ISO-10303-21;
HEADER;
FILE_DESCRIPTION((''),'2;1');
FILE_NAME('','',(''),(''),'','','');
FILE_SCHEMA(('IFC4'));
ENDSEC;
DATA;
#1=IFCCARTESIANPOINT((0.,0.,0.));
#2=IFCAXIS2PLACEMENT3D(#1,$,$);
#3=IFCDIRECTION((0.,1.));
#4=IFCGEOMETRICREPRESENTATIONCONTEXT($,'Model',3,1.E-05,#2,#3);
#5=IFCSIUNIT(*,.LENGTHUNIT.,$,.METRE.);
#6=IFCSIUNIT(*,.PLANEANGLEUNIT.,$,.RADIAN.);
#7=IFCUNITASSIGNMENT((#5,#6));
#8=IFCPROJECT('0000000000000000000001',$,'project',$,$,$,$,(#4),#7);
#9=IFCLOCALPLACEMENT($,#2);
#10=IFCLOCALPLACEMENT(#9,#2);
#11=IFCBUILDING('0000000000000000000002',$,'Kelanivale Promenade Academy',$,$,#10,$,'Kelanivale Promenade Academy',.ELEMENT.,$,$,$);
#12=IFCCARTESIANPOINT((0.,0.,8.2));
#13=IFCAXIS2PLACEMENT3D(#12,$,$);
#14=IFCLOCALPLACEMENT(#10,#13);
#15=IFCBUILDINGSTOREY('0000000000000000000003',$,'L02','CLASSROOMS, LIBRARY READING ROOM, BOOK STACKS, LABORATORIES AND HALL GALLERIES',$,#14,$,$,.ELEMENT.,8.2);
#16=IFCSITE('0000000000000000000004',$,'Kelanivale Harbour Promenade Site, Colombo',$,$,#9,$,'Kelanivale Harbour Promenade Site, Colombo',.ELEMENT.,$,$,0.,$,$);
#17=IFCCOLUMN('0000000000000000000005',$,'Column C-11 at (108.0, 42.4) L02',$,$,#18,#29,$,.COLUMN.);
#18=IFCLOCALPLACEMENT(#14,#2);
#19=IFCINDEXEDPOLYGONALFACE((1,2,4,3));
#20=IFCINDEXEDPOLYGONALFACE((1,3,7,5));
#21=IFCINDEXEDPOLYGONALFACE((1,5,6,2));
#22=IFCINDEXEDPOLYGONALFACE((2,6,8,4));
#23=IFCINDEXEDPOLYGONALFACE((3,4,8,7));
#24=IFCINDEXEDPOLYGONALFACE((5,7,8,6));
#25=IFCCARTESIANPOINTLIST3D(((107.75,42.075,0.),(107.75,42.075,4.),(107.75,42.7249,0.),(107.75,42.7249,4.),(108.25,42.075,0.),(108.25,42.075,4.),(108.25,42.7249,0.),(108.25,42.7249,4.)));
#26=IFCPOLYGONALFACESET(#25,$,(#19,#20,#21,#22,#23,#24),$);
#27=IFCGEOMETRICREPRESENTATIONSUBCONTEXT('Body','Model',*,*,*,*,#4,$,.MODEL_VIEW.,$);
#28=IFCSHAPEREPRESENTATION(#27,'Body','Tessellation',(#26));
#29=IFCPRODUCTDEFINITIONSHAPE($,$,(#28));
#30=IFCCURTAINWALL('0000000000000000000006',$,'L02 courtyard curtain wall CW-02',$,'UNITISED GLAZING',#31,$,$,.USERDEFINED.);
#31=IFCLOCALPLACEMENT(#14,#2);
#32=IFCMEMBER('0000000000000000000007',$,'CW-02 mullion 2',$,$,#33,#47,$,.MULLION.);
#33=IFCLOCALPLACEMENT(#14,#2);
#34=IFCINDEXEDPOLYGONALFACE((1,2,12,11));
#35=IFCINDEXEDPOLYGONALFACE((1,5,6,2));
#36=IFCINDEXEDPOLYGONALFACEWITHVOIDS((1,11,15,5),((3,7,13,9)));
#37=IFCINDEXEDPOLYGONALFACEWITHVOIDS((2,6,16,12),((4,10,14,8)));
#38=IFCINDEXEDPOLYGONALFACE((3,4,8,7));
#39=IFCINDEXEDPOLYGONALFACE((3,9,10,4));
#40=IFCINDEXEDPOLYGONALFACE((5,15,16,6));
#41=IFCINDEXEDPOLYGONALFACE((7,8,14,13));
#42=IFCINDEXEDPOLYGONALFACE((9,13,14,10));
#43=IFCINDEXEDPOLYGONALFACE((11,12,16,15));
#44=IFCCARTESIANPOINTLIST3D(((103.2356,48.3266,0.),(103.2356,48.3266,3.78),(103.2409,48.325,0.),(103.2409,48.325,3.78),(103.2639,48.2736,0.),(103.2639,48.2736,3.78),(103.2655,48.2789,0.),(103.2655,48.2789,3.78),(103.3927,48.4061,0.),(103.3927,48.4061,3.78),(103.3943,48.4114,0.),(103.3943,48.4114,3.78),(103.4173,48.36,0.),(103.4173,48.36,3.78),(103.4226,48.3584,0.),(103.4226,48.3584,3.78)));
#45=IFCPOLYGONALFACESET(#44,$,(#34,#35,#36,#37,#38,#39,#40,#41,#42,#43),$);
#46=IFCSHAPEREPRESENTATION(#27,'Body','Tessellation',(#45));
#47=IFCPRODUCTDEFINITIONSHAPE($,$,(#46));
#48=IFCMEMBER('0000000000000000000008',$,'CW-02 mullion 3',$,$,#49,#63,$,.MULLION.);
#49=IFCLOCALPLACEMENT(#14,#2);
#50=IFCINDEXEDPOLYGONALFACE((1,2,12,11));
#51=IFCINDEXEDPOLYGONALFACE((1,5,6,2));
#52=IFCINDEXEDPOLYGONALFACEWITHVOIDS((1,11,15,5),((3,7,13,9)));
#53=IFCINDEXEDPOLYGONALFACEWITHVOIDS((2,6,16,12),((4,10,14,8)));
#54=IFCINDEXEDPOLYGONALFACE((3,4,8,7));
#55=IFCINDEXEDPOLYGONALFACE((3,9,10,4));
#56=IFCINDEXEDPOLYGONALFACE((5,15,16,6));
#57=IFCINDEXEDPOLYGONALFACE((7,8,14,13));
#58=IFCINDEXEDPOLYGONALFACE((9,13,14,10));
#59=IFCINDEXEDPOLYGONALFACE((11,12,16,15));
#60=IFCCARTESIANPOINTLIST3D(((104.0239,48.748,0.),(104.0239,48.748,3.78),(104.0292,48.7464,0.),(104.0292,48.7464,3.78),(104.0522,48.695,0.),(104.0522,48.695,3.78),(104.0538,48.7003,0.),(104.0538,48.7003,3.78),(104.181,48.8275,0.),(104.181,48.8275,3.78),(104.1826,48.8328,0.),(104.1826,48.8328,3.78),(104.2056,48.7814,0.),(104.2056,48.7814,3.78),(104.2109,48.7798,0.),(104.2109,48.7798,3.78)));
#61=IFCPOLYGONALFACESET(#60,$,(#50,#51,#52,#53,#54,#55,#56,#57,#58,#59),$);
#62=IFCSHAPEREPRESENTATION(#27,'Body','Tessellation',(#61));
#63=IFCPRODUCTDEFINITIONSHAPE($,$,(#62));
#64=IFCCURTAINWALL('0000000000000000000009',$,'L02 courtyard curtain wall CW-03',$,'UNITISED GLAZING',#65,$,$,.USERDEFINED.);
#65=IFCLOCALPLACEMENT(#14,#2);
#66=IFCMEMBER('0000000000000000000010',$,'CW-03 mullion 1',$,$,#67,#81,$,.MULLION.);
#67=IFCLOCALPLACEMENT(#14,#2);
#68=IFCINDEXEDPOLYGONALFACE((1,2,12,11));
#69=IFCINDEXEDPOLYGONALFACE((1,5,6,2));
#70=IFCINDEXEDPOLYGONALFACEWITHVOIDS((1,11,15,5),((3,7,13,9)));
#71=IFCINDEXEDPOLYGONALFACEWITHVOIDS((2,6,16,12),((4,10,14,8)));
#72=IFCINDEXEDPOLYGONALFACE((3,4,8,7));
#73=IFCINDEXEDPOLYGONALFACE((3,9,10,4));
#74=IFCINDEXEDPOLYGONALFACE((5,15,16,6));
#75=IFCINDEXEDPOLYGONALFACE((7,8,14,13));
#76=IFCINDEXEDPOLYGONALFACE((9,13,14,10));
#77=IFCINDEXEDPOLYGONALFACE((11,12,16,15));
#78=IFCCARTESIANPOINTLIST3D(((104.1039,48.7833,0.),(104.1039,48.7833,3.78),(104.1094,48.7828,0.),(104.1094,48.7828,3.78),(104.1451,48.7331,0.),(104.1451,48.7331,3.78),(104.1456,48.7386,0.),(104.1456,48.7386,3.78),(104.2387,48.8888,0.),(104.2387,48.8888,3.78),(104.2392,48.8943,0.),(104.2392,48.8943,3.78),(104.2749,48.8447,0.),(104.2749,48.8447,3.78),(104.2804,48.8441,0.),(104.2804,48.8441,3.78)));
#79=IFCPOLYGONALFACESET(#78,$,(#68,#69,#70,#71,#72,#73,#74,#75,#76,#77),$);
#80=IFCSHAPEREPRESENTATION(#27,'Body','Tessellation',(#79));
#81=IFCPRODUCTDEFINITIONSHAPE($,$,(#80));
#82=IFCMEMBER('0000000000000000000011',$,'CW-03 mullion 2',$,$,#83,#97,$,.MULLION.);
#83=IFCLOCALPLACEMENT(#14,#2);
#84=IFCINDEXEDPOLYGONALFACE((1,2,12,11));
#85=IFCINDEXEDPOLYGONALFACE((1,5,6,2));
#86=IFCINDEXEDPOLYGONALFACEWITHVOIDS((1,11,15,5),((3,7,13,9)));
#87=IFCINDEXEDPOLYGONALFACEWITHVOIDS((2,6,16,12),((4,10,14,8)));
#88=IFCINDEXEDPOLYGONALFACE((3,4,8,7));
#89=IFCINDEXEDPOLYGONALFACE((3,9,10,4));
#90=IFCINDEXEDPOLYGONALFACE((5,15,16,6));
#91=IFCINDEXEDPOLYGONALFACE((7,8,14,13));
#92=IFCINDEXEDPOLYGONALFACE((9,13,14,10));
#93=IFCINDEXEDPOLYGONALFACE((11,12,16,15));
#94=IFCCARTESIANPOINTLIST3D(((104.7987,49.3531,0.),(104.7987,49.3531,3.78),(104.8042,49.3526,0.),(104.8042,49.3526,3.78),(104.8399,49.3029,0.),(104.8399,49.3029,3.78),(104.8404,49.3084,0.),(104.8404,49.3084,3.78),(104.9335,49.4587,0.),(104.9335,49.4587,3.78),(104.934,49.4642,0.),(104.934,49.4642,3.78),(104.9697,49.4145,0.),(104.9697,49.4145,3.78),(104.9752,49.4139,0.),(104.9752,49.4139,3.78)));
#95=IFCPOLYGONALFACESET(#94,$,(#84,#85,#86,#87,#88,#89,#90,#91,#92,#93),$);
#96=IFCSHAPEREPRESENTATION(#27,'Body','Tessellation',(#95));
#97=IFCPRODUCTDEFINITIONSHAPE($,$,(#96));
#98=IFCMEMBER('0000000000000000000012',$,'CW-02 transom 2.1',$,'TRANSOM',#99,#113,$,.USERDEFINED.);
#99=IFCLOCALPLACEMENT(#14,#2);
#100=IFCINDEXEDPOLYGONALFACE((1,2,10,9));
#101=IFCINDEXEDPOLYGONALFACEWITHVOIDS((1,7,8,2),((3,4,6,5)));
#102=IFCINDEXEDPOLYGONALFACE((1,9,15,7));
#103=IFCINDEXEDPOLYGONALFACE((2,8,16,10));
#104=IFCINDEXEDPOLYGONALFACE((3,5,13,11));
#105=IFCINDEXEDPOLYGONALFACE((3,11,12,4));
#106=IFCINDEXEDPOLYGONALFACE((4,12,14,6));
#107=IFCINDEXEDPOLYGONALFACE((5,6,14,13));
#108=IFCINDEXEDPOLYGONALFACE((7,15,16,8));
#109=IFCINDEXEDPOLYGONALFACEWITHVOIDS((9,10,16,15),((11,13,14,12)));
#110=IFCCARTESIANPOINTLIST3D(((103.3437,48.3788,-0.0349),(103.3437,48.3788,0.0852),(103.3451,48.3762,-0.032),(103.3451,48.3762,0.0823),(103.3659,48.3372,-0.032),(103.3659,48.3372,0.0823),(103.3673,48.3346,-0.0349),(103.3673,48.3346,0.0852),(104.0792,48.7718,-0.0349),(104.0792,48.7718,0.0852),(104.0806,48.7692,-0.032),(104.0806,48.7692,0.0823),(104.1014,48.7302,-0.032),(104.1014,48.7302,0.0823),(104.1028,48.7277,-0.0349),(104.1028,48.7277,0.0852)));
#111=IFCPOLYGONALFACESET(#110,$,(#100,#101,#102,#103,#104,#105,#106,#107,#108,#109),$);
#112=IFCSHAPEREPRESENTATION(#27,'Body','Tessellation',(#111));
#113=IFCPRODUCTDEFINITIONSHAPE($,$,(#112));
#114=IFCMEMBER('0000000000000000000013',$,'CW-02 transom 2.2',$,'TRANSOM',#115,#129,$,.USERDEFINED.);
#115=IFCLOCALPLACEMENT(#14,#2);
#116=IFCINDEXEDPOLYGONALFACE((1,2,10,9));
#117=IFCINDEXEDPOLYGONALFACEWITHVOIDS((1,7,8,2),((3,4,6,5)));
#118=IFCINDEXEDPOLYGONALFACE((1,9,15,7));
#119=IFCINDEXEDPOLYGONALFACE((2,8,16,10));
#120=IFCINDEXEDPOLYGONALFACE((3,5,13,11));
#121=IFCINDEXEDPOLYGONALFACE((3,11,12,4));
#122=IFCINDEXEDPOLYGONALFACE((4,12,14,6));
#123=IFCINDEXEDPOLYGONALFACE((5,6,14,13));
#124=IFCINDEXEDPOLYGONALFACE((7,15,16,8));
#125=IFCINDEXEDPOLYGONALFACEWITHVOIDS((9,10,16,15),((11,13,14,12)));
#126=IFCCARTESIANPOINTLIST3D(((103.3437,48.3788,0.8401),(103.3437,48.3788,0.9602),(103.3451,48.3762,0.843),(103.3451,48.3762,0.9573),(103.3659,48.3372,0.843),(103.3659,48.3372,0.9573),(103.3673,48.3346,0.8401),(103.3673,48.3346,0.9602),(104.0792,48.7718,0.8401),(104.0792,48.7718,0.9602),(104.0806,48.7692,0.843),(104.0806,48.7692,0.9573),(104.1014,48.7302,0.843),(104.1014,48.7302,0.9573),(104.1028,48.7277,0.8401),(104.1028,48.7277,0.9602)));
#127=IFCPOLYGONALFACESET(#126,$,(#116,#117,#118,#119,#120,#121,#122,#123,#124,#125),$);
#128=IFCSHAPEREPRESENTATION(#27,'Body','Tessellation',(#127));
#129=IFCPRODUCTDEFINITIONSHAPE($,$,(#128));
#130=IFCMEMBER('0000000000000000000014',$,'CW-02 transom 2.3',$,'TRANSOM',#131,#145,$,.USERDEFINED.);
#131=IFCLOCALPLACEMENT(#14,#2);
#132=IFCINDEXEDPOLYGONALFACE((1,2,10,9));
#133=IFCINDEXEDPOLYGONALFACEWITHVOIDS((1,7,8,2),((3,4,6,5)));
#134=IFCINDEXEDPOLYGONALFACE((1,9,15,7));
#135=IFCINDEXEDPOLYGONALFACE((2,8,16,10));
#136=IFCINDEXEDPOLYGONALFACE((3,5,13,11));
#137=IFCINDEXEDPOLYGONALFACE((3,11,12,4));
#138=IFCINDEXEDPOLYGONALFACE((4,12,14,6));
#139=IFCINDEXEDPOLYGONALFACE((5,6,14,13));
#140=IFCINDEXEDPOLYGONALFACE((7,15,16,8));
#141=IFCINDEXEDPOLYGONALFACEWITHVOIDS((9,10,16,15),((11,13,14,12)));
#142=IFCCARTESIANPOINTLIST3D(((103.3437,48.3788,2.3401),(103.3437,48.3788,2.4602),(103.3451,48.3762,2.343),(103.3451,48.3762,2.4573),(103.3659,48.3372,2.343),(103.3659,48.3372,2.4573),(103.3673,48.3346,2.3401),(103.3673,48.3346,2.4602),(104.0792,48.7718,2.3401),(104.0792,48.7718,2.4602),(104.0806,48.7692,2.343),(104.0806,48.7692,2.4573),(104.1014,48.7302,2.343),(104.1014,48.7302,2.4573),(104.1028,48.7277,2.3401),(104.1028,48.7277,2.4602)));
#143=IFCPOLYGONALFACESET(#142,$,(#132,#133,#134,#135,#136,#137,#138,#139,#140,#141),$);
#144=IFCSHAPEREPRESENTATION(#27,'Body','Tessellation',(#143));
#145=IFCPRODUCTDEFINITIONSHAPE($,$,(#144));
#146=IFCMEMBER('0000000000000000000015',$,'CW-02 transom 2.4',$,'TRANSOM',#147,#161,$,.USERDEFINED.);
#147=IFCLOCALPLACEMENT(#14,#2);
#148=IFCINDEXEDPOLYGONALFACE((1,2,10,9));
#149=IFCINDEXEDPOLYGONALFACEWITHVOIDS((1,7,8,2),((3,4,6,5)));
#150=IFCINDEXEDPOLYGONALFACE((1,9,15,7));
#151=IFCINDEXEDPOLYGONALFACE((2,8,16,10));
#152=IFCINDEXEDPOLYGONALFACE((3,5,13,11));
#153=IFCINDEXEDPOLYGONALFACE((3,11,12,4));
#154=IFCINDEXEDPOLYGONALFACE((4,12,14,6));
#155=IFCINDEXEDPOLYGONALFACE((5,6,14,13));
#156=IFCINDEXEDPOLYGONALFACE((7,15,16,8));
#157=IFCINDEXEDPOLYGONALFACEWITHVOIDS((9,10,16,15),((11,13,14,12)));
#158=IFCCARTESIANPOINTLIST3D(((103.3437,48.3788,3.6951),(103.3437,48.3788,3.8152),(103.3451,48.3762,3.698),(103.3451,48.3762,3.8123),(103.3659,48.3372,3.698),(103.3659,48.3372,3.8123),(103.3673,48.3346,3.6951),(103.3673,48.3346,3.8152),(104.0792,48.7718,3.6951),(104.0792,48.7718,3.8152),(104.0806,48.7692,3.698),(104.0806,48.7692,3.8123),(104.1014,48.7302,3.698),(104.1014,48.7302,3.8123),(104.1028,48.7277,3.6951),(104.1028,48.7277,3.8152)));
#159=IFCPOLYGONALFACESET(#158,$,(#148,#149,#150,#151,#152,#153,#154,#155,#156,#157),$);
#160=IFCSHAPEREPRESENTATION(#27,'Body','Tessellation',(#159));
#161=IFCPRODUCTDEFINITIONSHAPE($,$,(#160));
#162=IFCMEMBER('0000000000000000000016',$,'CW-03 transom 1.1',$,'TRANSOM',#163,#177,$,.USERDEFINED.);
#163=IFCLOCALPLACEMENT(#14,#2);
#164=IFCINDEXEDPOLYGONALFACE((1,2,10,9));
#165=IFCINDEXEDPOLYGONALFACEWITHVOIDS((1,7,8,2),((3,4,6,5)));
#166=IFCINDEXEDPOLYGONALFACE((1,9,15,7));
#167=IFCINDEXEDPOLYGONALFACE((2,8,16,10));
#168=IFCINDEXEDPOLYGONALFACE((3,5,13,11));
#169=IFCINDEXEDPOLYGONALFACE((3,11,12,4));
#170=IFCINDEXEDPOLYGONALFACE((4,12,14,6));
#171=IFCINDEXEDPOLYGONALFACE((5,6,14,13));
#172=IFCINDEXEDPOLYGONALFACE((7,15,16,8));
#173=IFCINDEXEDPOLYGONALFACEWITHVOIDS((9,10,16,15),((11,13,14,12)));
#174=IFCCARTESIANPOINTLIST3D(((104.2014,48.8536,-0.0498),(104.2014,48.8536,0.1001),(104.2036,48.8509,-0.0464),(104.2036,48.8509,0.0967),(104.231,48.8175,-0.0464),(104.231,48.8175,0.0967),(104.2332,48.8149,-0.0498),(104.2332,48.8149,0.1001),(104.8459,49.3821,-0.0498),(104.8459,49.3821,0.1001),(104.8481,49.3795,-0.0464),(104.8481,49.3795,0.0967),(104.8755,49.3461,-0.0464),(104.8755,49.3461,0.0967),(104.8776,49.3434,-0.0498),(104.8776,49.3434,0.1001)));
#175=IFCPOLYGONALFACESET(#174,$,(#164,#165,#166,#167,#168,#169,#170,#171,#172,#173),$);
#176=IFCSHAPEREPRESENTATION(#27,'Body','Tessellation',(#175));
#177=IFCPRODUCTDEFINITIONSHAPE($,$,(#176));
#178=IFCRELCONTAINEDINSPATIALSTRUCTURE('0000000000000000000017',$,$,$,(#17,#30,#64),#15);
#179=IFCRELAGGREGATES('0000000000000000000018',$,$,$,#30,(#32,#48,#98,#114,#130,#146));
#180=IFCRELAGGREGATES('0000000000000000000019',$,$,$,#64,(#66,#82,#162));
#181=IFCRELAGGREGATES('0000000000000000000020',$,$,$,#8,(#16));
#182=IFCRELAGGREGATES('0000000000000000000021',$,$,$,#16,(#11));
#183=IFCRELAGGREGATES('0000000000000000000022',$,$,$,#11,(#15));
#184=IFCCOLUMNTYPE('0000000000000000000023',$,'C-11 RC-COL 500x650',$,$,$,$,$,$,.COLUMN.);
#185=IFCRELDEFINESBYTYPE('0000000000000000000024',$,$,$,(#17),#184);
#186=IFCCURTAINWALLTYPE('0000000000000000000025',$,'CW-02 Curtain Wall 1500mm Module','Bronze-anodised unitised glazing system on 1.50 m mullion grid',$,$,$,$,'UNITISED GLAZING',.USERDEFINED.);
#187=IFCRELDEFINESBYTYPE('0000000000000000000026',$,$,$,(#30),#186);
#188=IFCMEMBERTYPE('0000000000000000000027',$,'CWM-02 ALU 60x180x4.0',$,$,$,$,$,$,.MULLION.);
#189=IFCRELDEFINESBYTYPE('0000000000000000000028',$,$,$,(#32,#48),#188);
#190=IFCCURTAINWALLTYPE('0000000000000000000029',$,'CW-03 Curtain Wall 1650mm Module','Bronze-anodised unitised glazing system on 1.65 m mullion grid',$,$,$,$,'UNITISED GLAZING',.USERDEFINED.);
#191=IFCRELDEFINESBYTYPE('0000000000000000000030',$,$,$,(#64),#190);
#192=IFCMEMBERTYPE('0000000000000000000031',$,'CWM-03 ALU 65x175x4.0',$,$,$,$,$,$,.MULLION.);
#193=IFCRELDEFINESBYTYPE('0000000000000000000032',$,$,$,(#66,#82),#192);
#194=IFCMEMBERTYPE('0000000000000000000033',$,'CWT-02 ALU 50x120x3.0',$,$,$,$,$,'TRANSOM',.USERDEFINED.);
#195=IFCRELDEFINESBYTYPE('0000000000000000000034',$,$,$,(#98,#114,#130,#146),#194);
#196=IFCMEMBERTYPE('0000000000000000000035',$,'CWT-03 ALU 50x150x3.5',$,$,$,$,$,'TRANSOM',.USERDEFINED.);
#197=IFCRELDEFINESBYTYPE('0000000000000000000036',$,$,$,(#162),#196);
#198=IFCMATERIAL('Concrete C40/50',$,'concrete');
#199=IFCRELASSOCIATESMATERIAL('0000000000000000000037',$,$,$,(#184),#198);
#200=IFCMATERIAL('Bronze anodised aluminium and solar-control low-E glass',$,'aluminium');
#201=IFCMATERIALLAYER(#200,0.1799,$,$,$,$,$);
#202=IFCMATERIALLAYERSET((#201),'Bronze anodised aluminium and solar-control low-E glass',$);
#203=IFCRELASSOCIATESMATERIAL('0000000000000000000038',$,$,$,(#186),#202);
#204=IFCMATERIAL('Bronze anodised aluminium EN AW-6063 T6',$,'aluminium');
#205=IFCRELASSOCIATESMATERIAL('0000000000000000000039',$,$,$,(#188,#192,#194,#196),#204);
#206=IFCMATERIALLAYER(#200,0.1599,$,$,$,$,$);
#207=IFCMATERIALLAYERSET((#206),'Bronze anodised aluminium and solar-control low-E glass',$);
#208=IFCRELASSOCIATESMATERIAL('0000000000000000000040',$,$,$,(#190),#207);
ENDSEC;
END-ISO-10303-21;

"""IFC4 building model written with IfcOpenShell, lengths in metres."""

from ifc_helpers import new_model, si_unit, direction, frame, origin, origin_2d, place, context, subcontext, project, spatial, rectangle, hollow_rectangle, extrude, material, layer, layer_set, material_profile, profile_set, type_object, element, aggregate, save


model = new_model("IFC4")

# Units and contexts
model_context = context("Model", 3, precision=1e-05, world=origin(), true_north=direction((0.0, 1.0)))
body_context = subcontext(model_context, "Body", "Model", "MODEL_VIEW")
ifc_project = project(units=[si_unit("LENGTHUNIT", "METRE"), si_unit("PLANEANGLEUNIT", "RADIAN")], contexts=[model_context])

# Site, building, storey
site_placement = place(None, origin())
site = spatial("IfcSite", under=ifc_project, at=site_placement, Name="Kelanivale Harbour Promenade Site, Colombo", LongName="Kelanivale Harbour Promenade Site, Colombo", CompositionType="ELEMENT", RefElevation=0.0)
building_placement = place(site_placement, origin())
building = spatial("IfcBuilding", under=site, at=building_placement, Name="Kelanivale Promenade Academy", LongName="Kelanivale Promenade Academy", CompositionType="ELEMENT")
storey_placement = place(building_placement, frame((0.0, 0.0, 8.2)))
storey = spatial("IfcBuildingStorey", under=building, at=storey_placement, Name="L02", Description="CLASSROOMS, LIBRARY READING ROOM, BOOK STACKS, LABORATORIES AND HALL GALLERIES", CompositionType="ELEMENT", Elevation=8.2)

# Column
ifc_material_1 = material(Name="Concrete C40/50", Category="concrete")
ifc_material_profile_1 = material_profile(ifc_material_1, rectangle(XDim=0.5, YDim=0.6499, at=origin_2d()), Name="RC-COL 500x650")
ifc_profile_set_1 = profile_set([ifc_material_profile_1], Name="Concrete C40/50")
column_type = type_object("IfcColumnType", Name="C-11 RC-COL 500x650", PredefinedType="COLUMN", material=ifc_profile_set_1)
column_placement = place(storey_placement, frame((108.0, 42.3999, 0.0), z_axis=(0.0, 0.0, 1.0), x_axis=(1.0, 0.0, 0.0)))
element("IfcColumn", 1, at=column_placement, inside=storey, type_object=column_type, Name="Column C-11 at (108.0, 42.4) L02", PredefinedType="COLUMN", context=body_context, shape_type="SweptSolid", body=[
    extrude(rectangle(XDim=0.5, YDim=0.6499, at=origin_2d()), origin(), (0.0, 0.0, 1.0), 4.0),
])

# Curtain walls, members
ifc_material_2 = material(Name="Bronze anodised aluminium and solar-control low-E glass", Category="aluminium")
ifc_layer_1 = layer(ifc_material_2, 0.1799)
ifc_layer_set_1 = layer_set([ifc_layer_1], Name="Bronze anodised aluminium and solar-control low-E glass")
curtain_wall_type_1 = type_object("IfcCurtainWallType", Name="CW-02 Curtain Wall 1500mm Module", Description="Bronze-anodised unitised glazing system on 1.50 m mullion grid", ElementType="UNITISED GLAZING", PredefinedType="USERDEFINED", material=ifc_layer_set_1)
curtain_wall_1_placement = place(storey_placement, origin())
curtain_wall_1 = element("IfcCurtainWall", 2, at=curtain_wall_1_placement, inside=storey, type_object=curtain_wall_type_1, Name="L02 courtyard curtain wall CW-02", ObjectType="UNITISED GLAZING", PredefinedType="USERDEFINED")
ifc_material_3 = material(Name="Bronze anodised aluminium EN AW-6063 T6", Category="aluminium")
ifc_material_profile_2 = material_profile(ifc_material_3, hollow_rectangle(XDim=0.0601, YDim=0.1799, WallThickness=0.0039, at=origin_2d()), Name="ALU 60x180x4.0")
ifc_profile_set_2 = profile_set([ifc_material_profile_2], Name="Bronze anodised aluminium EN AW-6063 T6")
member_type_1 = type_object("IfcMemberType", Name="CWM-02 ALU 60x180x4.0", PredefinedType="MULLION", material=ifc_profile_set_2)
member_1_placement = place(storey_placement, frame((103.3291, 48.3425, 0.0), z_axis=(0.0, 0.0, 1.0), x_axis=(-0.47129, 0.881978, 0.0)))
member_1 = element("IfcMember", 3, at=member_1_placement, type_object=member_type_1, Name="CW-02 mullion 2", PredefinedType="MULLION", context=body_context, shape_type="SweptSolid", body=[
    extrude(hollow_rectangle(XDim=0.0601, YDim=0.1799, WallThickness=0.0039, at=origin_2d()), origin(), (0.0, 0.0, 1.0), 3.78),
])
member_2_placement = place(storey_placement, frame((104.1174, 48.7639, 0.0), z_axis=(0.0, 0.0, 1.0), x_axis=(-0.47129, 0.881978, 0.0)))
member_2 = element("IfcMember", 4, at=member_2_placement, type_object=member_type_1, Name="CW-02 mullion 3", PredefinedType="MULLION", context=body_context, shape_type="SweptSolid", body=[
    extrude(hollow_rectangle(XDim=0.0601, YDim=0.1799, WallThickness=0.0039, at=origin_2d()), origin(), (0.0, 0.0, 1.0), 3.78),
])
ifc_layer_2 = layer(ifc_material_2, 0.1599)
ifc_layer_set_2 = layer_set([ifc_layer_2], Name="Bronze anodised aluminium and solar-control low-E glass")
curtain_wall_type_2 = type_object("IfcCurtainWallType", Name="CW-03 Curtain Wall 1650mm Module", Description="Bronze-anodised unitised glazing system on 1.65 m mullion grid", ElementType="UNITISED GLAZING", PredefinedType="USERDEFINED", material=ifc_layer_set_2)
curtain_wall_2_placement = place(storey_placement, origin())
curtain_wall_2 = element("IfcCurtainWall", 5, at=curtain_wall_2_placement, inside=storey, type_object=curtain_wall_type_2, Name="L02 courtyard curtain wall CW-03", ObjectType="UNITISED GLAZING", PredefinedType="USERDEFINED")
ifc_material_profile_3 = material_profile(ifc_material_3, hollow_rectangle(XDim=0.0649, YDim=0.175, WallThickness=0.0039, at=origin_2d()), Name="ALU 65x175x4.0")
ifc_profile_set_3 = profile_set([ifc_material_profile_3], Name="Bronze anodised aluminium EN AW-6063 T6")
member_type_2 = type_object("IfcMemberType", Name="CWM-03 ALU 65x175x4.0", PredefinedType="MULLION", material=ifc_profile_set_3)
member_3_placement = place(storey_placement, frame((104.1921, 48.8137, 0.0), z_axis=(0.0, 0.0, 1.0), x_axis=(-0.634144, 0.773215, 0.0)))
member_3 = element("IfcMember", 6, at=member_3_placement, type_object=member_type_2, Name="CW-03 mullion 1", PredefinedType="MULLION", context=body_context, shape_type="SweptSolid", body=[
    extrude(hollow_rectangle(XDim=0.0649, YDim=0.175, WallThickness=0.0039, at=origin_2d()), origin(), (0.0, 0.0, 1.0), 3.78),
])
member_4_placement = place(storey_placement, frame((104.887, 49.3835, 0.0), z_axis=(0.0, 0.0, 1.0), x_axis=(-0.634144, 0.773215, 0.0)))
member_4 = element("IfcMember", 7, at=member_4_placement, type_object=member_type_2, Name="CW-03 mullion 2", PredefinedType="MULLION", context=body_context, shape_type="SweptSolid", body=[
    extrude(hollow_rectangle(XDim=0.0649, YDim=0.175, WallThickness=0.0039, at=origin_2d()), origin(), (0.0, 0.0, 1.0), 3.78),
])

# Members
ifc_material_profile_4 = material_profile(ifc_material_3, hollow_rectangle(XDim=0.05, YDim=0.1201, WallThickness=0.0029, at=origin_2d()), Name="ALU 50x120x3.0")
ifc_profile_set_4 = profile_set([ifc_material_profile_4], Name="Bronze anodised aluminium EN AW-6063 T6")
member_type_3 = type_object("IfcMemberType", Name="CWT-02 ALU 50x120x3.0", ElementType="TRANSOM", PredefinedType="USERDEFINED", material=ifc_profile_set_4)
member_5_placement = place(storey_placement, frame((103.3555, 48.3567, 0.0251), z_axis=(0.88198, 0.471287, 0.0), x_axis=(-0.471287, 0.88198, 0.0)))
member_5 = element("IfcMember", 8, at=member_5_placement, type_object=member_type_3, Name="CW-02 transom 2.1", ObjectType="TRANSOM", PredefinedType="USERDEFINED", context=body_context, shape_type="SweptSolid", body=[
    extrude(hollow_rectangle(XDim=0.05, YDim=0.1201, WallThickness=0.0029, at=origin_2d()), origin(), (0.0, 0.0, 1.0), 0.834),
])
member_6_placement = place(storey_placement, frame((103.3555, 48.3567, 0.9001), z_axis=(0.88198, 0.471287, 0.0), x_axis=(-0.471287, 0.88198, 0.0)))
member_6 = element("IfcMember", 9, at=member_6_placement, type_object=member_type_3, Name="CW-02 transom 2.2", ObjectType="TRANSOM", PredefinedType="USERDEFINED", context=body_context, shape_type="SweptSolid", body=[
    extrude(hollow_rectangle(XDim=0.05, YDim=0.1201, WallThickness=0.0029, at=origin_2d()), origin(), (0.0, 0.0, 1.0), 0.834),
])
member_7_placement = place(storey_placement, frame((103.3555, 48.3567, 2.4001), z_axis=(0.88198, 0.471287, 0.0), x_axis=(-0.471287, 0.88198, 0.0)))
member_7 = element("IfcMember", 10, at=member_7_placement, type_object=member_type_3, Name="CW-02 transom 2.3", ObjectType="TRANSOM", PredefinedType="USERDEFINED", context=body_context, shape_type="SweptSolid", body=[
    extrude(hollow_rectangle(XDim=0.05, YDim=0.1201, WallThickness=0.0029, at=origin_2d()), origin(), (0.0, 0.0, 1.0), 0.834),
])
member_8_placement = place(storey_placement, frame((103.3555, 48.3567, 3.7551), z_axis=(0.88198, 0.471287, 0.0), x_axis=(-0.471287, 0.88198, 0.0)))
member_8 = element("IfcMember", 11, at=member_8_placement, type_object=member_type_3, Name="CW-02 transom 2.4", ObjectType="TRANSOM", PredefinedType="USERDEFINED", context=body_context, shape_type="SweptSolid", body=[
    extrude(hollow_rectangle(XDim=0.05, YDim=0.1201, WallThickness=0.0029, at=origin_2d()), origin(), (0.0, 0.0, 1.0), 0.834),
])
ifc_material_profile_5 = material_profile(ifc_material_3, hollow_rectangle(XDim=0.05, YDim=0.1499, WallThickness=0.0034, at=origin_2d()), Name="ALU 50x150x3.5")
ifc_profile_set_5 = profile_set([ifc_material_profile_5], Name="Bronze anodised aluminium EN AW-6063 T6")
member_type_4 = type_object("IfcMemberType", Name="CWT-03 ALU 50x150x3.5", ElementType="TRANSOM", PredefinedType="USERDEFINED", material=ifc_profile_set_5)
member_9_placement = place(storey_placement, frame((104.2173, 48.8342, 0.0251), z_axis=(0.773239, 0.634115, 0.0), x_axis=(-0.634115, 0.773239, 0.0)))
member_9 = element("IfcMember", 12, at=member_9_placement, type_object=member_type_4, Name="CW-03 transom 1.1", ObjectType="TRANSOM", PredefinedType="USERDEFINED", context=body_context, shape_type="SweptSolid", body=[
    extrude(hollow_rectangle(XDim=0.05, YDim=0.1499, WallThickness=0.0034, at=origin_2d()), origin(), (0.0, 0.0, 1.0), 0.8335),
])

aggregate(curtain_wall_1, [member_1, member_2, member_5, member_6, member_7, member_8])
aggregate(curtain_wall_2, [member_3, member_4, member_9])

save(model, "model.ifc")
